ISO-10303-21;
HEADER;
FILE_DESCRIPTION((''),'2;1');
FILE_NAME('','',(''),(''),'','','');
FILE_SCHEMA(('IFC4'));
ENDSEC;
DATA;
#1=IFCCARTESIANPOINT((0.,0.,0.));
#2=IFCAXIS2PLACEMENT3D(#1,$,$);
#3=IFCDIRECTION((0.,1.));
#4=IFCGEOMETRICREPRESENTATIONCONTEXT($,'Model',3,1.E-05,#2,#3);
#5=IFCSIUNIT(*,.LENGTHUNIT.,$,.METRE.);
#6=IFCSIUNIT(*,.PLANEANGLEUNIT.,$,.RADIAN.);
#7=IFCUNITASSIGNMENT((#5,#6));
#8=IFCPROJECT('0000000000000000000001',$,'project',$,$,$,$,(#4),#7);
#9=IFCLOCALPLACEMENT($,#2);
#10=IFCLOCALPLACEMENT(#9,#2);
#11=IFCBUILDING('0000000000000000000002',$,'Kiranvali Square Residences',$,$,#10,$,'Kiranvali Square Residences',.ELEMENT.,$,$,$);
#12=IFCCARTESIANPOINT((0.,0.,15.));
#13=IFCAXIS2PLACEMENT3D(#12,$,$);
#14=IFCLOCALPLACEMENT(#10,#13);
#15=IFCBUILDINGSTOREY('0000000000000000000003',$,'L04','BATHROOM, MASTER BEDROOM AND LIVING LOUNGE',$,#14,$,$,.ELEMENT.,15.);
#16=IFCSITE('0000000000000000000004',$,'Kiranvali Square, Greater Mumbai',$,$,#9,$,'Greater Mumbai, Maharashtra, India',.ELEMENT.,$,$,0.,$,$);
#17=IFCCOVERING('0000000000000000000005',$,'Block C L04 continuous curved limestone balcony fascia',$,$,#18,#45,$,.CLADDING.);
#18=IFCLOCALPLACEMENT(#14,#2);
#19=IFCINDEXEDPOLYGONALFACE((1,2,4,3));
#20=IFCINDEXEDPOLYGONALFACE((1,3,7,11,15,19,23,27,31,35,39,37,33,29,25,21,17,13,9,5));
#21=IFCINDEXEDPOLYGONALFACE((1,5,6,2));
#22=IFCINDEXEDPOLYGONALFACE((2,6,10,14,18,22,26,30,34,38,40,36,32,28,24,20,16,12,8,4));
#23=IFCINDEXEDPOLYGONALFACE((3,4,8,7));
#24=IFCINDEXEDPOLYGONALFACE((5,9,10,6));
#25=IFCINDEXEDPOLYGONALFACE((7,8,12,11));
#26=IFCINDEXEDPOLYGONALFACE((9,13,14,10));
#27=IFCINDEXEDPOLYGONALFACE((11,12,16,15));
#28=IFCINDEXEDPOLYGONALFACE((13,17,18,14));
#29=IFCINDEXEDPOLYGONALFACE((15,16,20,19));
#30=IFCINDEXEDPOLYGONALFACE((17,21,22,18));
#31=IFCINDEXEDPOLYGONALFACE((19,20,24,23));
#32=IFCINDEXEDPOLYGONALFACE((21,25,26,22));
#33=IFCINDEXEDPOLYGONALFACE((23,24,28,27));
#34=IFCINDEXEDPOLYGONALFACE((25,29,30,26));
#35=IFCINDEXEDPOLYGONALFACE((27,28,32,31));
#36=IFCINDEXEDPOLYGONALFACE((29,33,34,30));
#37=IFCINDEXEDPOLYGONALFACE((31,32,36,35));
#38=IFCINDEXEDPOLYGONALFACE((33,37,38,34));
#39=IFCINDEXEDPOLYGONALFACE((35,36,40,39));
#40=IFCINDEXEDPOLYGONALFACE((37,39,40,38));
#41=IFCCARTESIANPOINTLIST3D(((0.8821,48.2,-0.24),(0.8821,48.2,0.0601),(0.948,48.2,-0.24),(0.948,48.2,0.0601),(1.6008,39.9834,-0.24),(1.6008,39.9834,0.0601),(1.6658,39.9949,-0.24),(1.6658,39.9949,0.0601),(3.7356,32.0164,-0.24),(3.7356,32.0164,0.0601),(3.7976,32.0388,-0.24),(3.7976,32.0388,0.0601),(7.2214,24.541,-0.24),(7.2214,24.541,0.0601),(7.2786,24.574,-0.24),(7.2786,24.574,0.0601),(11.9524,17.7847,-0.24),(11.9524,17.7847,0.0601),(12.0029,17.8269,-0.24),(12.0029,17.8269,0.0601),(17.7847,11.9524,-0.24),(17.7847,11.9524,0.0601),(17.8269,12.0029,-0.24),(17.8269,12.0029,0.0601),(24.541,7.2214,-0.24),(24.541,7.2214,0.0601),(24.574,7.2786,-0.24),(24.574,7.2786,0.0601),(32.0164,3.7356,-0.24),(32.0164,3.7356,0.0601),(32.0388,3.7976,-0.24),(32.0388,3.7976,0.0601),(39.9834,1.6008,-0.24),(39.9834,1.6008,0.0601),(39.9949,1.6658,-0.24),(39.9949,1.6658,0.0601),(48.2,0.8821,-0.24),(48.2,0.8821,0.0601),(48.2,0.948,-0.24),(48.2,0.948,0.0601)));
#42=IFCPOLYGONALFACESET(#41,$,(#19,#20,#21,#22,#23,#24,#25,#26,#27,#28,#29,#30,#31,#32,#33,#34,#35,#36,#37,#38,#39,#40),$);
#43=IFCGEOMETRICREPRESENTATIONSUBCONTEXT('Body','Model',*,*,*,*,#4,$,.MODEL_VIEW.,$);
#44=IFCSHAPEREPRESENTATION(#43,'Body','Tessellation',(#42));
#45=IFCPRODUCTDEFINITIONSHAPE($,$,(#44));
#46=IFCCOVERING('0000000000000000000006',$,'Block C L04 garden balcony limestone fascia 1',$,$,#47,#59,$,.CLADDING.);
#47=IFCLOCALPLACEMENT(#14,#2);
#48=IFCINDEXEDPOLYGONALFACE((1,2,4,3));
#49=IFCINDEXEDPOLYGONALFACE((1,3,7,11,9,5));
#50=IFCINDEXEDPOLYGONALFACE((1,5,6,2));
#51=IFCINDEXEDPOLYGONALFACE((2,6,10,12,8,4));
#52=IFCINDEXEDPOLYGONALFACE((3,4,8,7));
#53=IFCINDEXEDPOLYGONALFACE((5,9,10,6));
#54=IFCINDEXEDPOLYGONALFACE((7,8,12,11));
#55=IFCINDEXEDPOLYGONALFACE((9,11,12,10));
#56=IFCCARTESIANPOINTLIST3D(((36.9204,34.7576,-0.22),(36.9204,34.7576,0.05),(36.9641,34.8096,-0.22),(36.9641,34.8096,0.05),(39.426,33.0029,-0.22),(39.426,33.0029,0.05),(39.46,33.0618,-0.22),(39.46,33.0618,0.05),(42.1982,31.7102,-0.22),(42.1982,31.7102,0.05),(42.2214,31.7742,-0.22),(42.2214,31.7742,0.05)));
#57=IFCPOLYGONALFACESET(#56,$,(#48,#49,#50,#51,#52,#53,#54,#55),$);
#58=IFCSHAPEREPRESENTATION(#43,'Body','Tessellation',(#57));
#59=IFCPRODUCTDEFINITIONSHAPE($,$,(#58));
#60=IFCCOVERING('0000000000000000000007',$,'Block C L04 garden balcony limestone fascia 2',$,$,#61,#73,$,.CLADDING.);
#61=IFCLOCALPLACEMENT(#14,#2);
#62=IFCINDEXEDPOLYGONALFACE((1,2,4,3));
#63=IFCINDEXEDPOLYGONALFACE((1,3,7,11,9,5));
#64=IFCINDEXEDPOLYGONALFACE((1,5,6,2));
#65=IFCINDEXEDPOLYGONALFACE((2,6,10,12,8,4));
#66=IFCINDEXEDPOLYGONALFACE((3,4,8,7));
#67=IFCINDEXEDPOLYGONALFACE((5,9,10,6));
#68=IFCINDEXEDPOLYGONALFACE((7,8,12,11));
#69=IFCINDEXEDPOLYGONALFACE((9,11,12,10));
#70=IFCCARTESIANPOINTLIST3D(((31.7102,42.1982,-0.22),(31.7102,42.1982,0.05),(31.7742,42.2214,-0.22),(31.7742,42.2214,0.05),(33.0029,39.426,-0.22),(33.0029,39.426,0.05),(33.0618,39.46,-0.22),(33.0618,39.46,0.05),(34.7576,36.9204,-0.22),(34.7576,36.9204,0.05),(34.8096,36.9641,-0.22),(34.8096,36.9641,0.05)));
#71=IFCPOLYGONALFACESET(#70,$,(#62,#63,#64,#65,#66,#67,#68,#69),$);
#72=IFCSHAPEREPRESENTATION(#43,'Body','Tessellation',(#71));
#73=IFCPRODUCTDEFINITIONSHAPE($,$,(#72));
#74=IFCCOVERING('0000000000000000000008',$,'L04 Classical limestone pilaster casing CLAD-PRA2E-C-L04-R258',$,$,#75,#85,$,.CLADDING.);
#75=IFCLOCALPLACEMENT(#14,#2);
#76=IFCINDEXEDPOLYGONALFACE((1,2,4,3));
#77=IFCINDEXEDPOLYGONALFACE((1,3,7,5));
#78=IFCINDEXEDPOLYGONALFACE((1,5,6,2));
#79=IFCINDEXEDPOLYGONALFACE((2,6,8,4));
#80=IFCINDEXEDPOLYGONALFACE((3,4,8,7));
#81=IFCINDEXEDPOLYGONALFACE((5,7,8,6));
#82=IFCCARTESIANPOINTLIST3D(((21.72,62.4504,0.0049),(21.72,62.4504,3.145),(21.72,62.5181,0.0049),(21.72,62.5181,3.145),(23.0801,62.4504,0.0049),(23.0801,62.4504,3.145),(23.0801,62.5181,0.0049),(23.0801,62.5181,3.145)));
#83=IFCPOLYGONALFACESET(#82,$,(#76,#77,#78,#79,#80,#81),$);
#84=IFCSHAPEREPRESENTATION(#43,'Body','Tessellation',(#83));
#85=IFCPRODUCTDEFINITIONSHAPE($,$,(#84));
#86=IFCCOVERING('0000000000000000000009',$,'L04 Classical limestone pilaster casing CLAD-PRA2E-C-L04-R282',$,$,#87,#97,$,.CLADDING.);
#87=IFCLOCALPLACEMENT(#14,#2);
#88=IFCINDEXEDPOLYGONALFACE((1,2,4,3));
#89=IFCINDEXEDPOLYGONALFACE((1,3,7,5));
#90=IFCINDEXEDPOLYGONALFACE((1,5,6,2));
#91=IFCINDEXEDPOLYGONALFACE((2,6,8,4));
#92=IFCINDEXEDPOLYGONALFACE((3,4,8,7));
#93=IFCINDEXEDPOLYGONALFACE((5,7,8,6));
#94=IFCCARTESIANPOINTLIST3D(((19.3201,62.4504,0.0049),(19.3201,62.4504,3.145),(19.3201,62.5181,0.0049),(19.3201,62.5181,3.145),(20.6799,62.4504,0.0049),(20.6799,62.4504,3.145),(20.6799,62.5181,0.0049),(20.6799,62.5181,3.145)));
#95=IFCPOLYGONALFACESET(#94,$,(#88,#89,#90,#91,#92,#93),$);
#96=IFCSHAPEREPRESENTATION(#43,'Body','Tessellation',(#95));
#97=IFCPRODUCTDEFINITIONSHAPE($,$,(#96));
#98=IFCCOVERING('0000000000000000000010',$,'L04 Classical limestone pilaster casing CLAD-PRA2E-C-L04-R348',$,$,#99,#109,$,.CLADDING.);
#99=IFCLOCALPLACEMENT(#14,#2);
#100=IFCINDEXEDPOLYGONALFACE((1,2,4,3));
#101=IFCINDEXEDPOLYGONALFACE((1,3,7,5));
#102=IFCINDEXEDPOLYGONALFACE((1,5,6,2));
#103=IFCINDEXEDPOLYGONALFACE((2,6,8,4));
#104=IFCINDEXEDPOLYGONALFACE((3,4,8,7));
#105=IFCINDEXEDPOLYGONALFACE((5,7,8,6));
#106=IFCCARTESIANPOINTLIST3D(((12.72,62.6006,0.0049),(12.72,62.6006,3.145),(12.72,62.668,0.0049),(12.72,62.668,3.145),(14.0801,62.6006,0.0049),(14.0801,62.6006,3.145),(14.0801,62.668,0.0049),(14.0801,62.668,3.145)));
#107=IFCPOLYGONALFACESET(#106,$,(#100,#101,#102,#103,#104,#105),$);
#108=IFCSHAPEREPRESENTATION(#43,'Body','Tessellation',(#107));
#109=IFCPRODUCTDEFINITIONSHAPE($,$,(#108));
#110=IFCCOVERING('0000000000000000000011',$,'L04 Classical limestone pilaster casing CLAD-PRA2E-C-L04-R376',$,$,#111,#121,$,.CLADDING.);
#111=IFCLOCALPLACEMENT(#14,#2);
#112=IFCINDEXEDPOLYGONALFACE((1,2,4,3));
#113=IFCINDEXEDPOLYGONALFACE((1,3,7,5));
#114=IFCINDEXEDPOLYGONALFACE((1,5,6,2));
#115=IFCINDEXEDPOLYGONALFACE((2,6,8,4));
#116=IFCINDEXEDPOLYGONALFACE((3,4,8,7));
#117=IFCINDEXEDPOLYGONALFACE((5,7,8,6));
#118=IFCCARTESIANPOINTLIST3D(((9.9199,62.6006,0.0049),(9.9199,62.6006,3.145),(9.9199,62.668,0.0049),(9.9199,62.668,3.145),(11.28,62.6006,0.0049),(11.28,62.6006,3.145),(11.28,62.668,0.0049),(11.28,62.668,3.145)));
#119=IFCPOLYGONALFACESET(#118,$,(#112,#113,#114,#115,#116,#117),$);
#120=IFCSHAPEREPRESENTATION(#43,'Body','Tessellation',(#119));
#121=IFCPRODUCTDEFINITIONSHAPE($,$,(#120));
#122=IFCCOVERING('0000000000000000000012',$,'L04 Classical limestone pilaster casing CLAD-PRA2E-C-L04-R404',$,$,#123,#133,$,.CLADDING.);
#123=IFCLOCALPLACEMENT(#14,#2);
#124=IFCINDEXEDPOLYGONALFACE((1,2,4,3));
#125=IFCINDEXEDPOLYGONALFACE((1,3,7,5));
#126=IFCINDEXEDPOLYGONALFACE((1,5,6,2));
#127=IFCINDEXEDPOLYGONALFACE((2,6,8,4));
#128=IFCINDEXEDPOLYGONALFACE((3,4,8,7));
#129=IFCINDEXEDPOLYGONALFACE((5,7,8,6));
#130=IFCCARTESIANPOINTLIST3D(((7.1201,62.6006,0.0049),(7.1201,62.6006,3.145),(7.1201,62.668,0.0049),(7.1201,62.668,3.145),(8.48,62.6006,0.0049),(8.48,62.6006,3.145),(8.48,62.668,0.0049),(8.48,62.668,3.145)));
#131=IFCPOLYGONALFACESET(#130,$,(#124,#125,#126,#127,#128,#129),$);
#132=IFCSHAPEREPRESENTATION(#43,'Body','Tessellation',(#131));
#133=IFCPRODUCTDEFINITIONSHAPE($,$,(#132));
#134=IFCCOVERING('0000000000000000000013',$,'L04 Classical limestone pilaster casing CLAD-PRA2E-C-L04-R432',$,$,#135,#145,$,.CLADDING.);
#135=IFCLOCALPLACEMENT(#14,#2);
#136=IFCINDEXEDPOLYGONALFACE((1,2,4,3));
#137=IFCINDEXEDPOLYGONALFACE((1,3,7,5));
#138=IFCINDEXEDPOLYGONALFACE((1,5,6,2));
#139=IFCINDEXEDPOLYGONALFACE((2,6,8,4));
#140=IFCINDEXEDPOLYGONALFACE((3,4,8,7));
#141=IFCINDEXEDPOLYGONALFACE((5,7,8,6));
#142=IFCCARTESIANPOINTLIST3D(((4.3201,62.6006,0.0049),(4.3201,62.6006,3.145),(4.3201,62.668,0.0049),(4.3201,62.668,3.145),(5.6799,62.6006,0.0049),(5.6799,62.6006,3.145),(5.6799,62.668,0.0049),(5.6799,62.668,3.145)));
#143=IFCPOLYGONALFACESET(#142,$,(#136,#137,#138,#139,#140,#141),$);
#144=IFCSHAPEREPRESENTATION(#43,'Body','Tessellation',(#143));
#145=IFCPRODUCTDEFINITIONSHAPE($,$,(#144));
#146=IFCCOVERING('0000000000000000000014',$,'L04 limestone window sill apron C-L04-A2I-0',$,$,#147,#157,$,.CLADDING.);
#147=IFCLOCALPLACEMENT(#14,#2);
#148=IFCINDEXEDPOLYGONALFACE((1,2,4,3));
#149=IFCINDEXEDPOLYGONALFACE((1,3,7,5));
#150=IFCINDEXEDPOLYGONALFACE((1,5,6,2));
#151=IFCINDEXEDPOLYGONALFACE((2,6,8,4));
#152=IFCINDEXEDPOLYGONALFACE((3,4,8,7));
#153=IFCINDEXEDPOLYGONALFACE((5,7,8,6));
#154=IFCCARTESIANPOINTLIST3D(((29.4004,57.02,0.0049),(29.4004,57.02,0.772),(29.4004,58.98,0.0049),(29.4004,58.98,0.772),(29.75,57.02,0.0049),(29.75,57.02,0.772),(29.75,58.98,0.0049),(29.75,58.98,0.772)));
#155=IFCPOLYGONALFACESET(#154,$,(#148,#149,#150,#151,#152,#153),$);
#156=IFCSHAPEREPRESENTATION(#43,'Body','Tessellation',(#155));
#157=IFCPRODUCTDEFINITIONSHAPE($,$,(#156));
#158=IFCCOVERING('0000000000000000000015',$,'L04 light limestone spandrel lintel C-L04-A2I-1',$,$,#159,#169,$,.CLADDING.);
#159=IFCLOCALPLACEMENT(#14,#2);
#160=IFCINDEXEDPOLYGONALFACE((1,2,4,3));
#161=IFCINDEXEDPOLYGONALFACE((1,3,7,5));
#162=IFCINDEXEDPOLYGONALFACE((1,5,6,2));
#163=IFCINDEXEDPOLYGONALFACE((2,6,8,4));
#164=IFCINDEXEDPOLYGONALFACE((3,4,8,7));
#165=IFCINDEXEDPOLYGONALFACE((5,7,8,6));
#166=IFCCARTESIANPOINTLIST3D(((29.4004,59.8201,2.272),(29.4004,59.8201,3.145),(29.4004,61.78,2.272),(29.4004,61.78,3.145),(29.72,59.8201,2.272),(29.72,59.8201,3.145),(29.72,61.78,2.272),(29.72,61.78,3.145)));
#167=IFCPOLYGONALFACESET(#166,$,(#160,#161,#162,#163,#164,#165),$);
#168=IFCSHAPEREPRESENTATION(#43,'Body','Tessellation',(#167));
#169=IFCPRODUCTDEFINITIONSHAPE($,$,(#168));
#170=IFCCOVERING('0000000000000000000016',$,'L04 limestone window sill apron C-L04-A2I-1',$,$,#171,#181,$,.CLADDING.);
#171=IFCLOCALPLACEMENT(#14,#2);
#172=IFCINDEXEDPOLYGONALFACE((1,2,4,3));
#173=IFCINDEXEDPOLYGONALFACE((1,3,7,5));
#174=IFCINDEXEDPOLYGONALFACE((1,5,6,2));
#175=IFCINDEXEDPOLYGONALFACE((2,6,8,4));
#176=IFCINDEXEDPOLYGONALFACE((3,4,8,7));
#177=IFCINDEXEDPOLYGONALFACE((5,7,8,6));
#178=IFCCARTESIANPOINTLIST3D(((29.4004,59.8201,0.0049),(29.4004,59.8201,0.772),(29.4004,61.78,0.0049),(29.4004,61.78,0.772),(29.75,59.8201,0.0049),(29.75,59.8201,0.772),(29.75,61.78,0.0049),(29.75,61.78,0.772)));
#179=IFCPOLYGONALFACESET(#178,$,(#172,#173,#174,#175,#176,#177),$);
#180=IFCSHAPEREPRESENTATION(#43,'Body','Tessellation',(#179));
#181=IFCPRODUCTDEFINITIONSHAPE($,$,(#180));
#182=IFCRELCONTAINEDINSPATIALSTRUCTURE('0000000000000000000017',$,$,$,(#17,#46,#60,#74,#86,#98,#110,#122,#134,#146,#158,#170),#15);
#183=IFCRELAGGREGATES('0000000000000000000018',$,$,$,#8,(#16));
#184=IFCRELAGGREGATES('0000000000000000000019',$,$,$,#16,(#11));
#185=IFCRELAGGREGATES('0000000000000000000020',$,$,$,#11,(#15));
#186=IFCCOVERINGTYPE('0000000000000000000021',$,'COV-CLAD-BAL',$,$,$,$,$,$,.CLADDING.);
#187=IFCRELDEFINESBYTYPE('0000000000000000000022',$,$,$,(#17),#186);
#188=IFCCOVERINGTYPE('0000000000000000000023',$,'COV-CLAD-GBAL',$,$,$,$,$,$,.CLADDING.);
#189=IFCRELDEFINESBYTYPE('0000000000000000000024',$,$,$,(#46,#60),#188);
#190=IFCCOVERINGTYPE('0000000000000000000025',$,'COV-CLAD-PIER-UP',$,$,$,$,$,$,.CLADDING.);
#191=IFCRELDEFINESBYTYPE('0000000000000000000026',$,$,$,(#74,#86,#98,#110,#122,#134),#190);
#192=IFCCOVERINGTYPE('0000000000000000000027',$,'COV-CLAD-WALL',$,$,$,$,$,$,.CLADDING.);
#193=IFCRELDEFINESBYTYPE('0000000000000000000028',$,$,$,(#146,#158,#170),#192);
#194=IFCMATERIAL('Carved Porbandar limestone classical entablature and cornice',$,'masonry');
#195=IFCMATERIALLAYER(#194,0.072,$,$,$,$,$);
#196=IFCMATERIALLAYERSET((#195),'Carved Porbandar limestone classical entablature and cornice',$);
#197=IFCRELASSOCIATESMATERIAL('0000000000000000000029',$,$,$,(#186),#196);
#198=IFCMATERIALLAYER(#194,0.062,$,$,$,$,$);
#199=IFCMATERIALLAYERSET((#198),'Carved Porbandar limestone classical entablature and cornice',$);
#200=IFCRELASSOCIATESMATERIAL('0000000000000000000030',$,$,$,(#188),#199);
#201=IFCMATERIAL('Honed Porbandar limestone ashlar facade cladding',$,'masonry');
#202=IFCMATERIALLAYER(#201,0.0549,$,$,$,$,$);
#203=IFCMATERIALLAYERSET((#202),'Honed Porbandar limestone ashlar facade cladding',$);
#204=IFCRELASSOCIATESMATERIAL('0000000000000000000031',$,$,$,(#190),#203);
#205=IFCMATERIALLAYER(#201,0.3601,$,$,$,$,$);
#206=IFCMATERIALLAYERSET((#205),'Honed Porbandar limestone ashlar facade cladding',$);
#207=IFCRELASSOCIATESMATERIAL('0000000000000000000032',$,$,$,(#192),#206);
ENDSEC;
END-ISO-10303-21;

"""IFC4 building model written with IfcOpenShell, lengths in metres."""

from ifc_helpers import new_model, si_unit, direction, frame, origin, place, context, subcontext, project, spatial, polyline, outline, extrude, material, layer, layer_set, type_object, element, save


model = new_model("IFC4")

# Units and contexts
model_context = context("Model", 3, precision=1e-05, world=origin(), true_north=direction((0.0, 1.0)))
body_context = subcontext(model_context, "Body", "Model", "MODEL_VIEW")
ifc_project = project(units=[si_unit("LENGTHUNIT", "METRE"), si_unit("PLANEANGLEUNIT", "RADIAN")], contexts=[model_context])

# Site, building, storey
site_placement = place(None, origin())
site = spatial("IfcSite", under=ifc_project, at=site_placement, Name="Kiranvali Square, Greater Mumbai", LongName="Greater Mumbai, Maharashtra, India", CompositionType="ELEMENT", RefElevation=0.0)
building_placement = place(site_placement, origin())
building = spatial("IfcBuilding", under=site, at=building_placement, Name="Kiranvali Square Residences", LongName="Kiranvali Square Residences", CompositionType="ELEMENT")
storey_placement = place(building_placement, frame((0.0, 0.0, 15.0)))
storey = spatial("IfcBuildingStorey", under=building, at=storey_placement, Name="L04", Description="BATHROOM, MASTER BEDROOM AND LIVING LOUNGE", CompositionType="ELEMENT", Elevation=15.0)

# Coverings
ifc_material_1 = material(Name="Carved Porbandar limestone classical entablature and cornice", Category="masonry")
ifc_layer_1 = layer(ifc_material_1, 0.072)
ifc_layer_set_1 = layer_set([ifc_layer_1], Name="Carved Porbandar limestone classical entablature and cornice")
covering_type_1 = type_object("IfcCoveringType", Name="COV-CLAD-BAL", PredefinedType="CLADDING", material=ifc_layer_set_1)
covering_1_placement = place(storey_placement, frame((0.0, 0.0, -0.24)))
element("IfcCovering", 1, at=covering_1_placement, inside=storey, type_object=covering_type_1, Name="Block C L04 continuous curved limestone balcony fascia", PredefinedType="CLADDING", context=body_context, shape_type="SweptSolid", body=[
    extrude(outline(polyline([(48.2, 0.948), (39.9949, 1.6658), (32.0388, 3.7976), (24.574, 7.2786), (17.8269, 12.0029), (12.0029, 17.8269), (7.2786, 24.574), (3.7976, 32.0388), (1.6658, 39.9949), (0.948, 48.2), (0.8821, 48.2), (1.6008, 39.9834), (3.7356, 32.0164), (7.2214, 24.541), (11.9524, 17.7847), (17.7847, 11.9524), (24.541, 7.2214), (32.0164, 3.7356), (39.9834, 1.6008), (48.2, 0.8821), (48.2, 0.948)])), origin(), (0.0, 0.0, 1.0), 0.3),
])
ifc_layer_2 = layer(ifc_material_1, 0.062)
ifc_layer_set_2 = layer_set([ifc_layer_2], Name="Carved Porbandar limestone classical entablature and cornice")
covering_type_2 = type_object("IfcCoveringType", Name="COV-CLAD-GBAL", PredefinedType="CLADDING", material=ifc_layer_set_2)
covering_2_placement = place(storey_placement, frame((0.0, 0.0, -0.22)))
element("IfcCovering", 2, at=covering_2_placement, inside=storey, type_object=covering_type_2, Name="Block C L04 garden balcony limestone fascia 1", PredefinedType="CLADDING", context=body_context, shape_type="SweptSolid", body=[
    extrude(outline(polyline([(42.2214, 31.7742), (39.46, 33.0618), (36.9641, 34.8096), (36.9204, 34.7576), (39.426, 33.0029), (42.1982, 31.7102), (42.2214, 31.7742)])), origin(), (0.0, 0.0, 1.0), 0.27),
])
covering_3_placement = place(storey_placement, frame((0.0, 0.0, -0.22)))
element("IfcCovering", 3, at=covering_3_placement, inside=storey, type_object=covering_type_2, Name="Block C L04 garden balcony limestone fascia 2", PredefinedType="CLADDING", context=body_context, shape_type="SweptSolid", body=[
    extrude(outline(polyline([(34.8096, 36.9641), (33.0618, 39.46), (31.7742, 42.2214), (31.7102, 42.1982), (33.0029, 39.426), (34.7576, 36.9204), (34.8096, 36.9641)])), origin(), (0.0, 0.0, 1.0), 0.27),
])
ifc_material_2 = material(Name="Honed Porbandar limestone ashlar facade cladding", Category="masonry")
ifc_layer_3 = layer(ifc_material_2, 0.0549)
ifc_layer_set_3 = layer_set([ifc_layer_3], Name="Honed Porbandar limestone ashlar facade cladding")
covering_type_3 = type_object("IfcCoveringType", Name="COV-CLAD-PIER-UP", PredefinedType="CLADDING", material=ifc_layer_set_3)
covering_4_placement = place(storey_placement, frame((0.0, 0.0, 0.0049)))
element("IfcCovering", 4, at=covering_4_placement, inside=storey, type_object=covering_type_3, Name="L04 Classical limestone pilaster casing CLAD-PRA2E-C-L04-R258", PredefinedType="CLADDING", context=body_context, shape_type="SweptSolid", body=[
    extrude(outline(polyline([(23.0801, 62.5181), (21.72, 62.5181), (21.72, 62.4504), (23.0801, 62.4504), (23.0801, 62.5181)])), origin(), (0.0, 0.0, 1.0), 3.1401),
])
covering_5_placement = place(storey_placement, frame((0.0, 0.0, 0.0049)))
element("IfcCovering", 5, at=covering_5_placement, inside=storey, type_object=covering_type_3, Name="L04 Classical limestone pilaster casing CLAD-PRA2E-C-L04-R282", PredefinedType="CLADDING", context=body_context, shape_type="SweptSolid", body=[
    extrude(outline(polyline([(20.6799, 62.5181), (19.3201, 62.5181), (19.3201, 62.4504), (20.6799, 62.4504), (20.6799, 62.5181)])), origin(), (0.0, 0.0, 1.0), 3.1401),
])
covering_6_placement = place(storey_placement, frame((0.0, 0.0, 0.0049)))
element("IfcCovering", 6, at=covering_6_placement, inside=storey, type_object=covering_type_3, Name="L04 Classical limestone pilaster casing CLAD-PRA2E-C-L04-R348", PredefinedType="CLADDING", context=body_context, shape_type="SweptSolid", body=[
    extrude(outline(polyline([(14.0801, 62.668), (12.72, 62.668), (12.72, 62.6006), (14.0801, 62.6006), (14.0801, 62.668)])), origin(), (0.0, 0.0, 1.0), 3.1401),
])
covering_7_placement = place(storey_placement, frame((0.0, 0.0, 0.0049)))
element("IfcCovering", 7, at=covering_7_placement, inside=storey, type_object=covering_type_3, Name="L04 Classical limestone pilaster casing CLAD-PRA2E-C-L04-R376", PredefinedType="CLADDING", context=body_context, shape_type="SweptSolid", body=[
    extrude(outline(polyline([(11.28, 62.668), (9.9199, 62.668), (9.9199, 62.6006), (11.28, 62.6006), (11.28, 62.668)])), origin(), (0.0, 0.0, 1.0), 3.1401),
])
covering_8_placement = place(storey_placement, frame((0.0, 0.0, 0.0049)))
element("IfcCovering", 8, at=covering_8_placement, inside=storey, type_object=covering_type_3, Name="L04 Classical limestone pilaster casing CLAD-PRA2E-C-L04-R404", PredefinedType="CLADDING", context=body_context, shape_type="SweptSolid", body=[
    extrude(outline(polyline([(8.48, 62.668), (7.1201, 62.668), (7.1201, 62.6006), (8.48, 62.6006), (8.48, 62.668)])), origin(), (0.0, 0.0, 1.0), 3.1401),
])
covering_9_placement = place(storey_placement, frame((0.0, 0.0, 0.0049)))
element("IfcCovering", 9, at=covering_9_placement, inside=storey, type_object=covering_type_3, Name="L04 Classical limestone pilaster casing CLAD-PRA2E-C-L04-R432", PredefinedType="CLADDING", context=body_context, shape_type="SweptSolid", body=[
    extrude(outline(polyline([(5.6799, 62.668), (4.3201, 62.668), (4.3201, 62.6006), (5.6799, 62.6006), (5.6799, 62.668)])), origin(), (0.0, 0.0, 1.0), 3.1401),
])
ifc_layer_4 = layer(ifc_material_2, 0.3601)
ifc_layer_set_4 = layer_set([ifc_layer_4], Name="Honed Porbandar limestone ashlar facade cladding")
covering_type_4 = type_object("IfcCoveringType", Name="COV-CLAD-WALL", PredefinedType="CLADDING", material=ifc_layer_set_4)
covering_10_placement = place(storey_placement, frame((0.0, 0.0, 0.0049)))
element("IfcCovering", 10, at=covering_10_placement, inside=storey, type_object=covering_type_4, Name="L04 limestone window sill apron C-L04-A2I-0", PredefinedType="CLADDING", context=body_context, shape_type="SweptSolid", body=[
    extrude(outline(polyline([(29.75, 57.02), (29.75, 58.98), (29.4004, 58.98), (29.4004, 57.02), (29.75, 57.02)])), origin(), (0.0, 0.0, 1.0), 0.7671),
])
covering_11_placement = place(storey_placement, frame((0.0, 0.0, 2.272)))
element("IfcCovering", 11, at=covering_11_placement, inside=storey, type_object=covering_type_4, Name="L04 light limestone spandrel lintel C-L04-A2I-1", PredefinedType="CLADDING", context=body_context, shape_type="SweptSolid", body=[
    extrude(outline(polyline([(29.72, 59.8201), (29.72, 61.78), (29.4004, 61.78), (29.4004, 59.8201), (29.72, 59.8201)])), origin(), (0.0, 0.0, 1.0), 0.873),
])
covering_12_placement = place(storey_placement, frame((0.0, 0.0, 0.0049)))
element("IfcCovering", 12, at=covering_12_placement, inside=storey, type_object=covering_type_4, Name="L04 limestone window sill apron C-L04-A2I-1", PredefinedType="CLADDING", context=body_context, shape_type="SweptSolid", body=[
    extrude(outline(polyline([(29.75, 59.8201), (29.75, 61.78), (29.4004, 61.78), (29.4004, 59.8201), (29.75, 59.8201)])), origin(), (0.0, 0.0, 1.0), 0.7671),
])

save(model, "model.ifc")
